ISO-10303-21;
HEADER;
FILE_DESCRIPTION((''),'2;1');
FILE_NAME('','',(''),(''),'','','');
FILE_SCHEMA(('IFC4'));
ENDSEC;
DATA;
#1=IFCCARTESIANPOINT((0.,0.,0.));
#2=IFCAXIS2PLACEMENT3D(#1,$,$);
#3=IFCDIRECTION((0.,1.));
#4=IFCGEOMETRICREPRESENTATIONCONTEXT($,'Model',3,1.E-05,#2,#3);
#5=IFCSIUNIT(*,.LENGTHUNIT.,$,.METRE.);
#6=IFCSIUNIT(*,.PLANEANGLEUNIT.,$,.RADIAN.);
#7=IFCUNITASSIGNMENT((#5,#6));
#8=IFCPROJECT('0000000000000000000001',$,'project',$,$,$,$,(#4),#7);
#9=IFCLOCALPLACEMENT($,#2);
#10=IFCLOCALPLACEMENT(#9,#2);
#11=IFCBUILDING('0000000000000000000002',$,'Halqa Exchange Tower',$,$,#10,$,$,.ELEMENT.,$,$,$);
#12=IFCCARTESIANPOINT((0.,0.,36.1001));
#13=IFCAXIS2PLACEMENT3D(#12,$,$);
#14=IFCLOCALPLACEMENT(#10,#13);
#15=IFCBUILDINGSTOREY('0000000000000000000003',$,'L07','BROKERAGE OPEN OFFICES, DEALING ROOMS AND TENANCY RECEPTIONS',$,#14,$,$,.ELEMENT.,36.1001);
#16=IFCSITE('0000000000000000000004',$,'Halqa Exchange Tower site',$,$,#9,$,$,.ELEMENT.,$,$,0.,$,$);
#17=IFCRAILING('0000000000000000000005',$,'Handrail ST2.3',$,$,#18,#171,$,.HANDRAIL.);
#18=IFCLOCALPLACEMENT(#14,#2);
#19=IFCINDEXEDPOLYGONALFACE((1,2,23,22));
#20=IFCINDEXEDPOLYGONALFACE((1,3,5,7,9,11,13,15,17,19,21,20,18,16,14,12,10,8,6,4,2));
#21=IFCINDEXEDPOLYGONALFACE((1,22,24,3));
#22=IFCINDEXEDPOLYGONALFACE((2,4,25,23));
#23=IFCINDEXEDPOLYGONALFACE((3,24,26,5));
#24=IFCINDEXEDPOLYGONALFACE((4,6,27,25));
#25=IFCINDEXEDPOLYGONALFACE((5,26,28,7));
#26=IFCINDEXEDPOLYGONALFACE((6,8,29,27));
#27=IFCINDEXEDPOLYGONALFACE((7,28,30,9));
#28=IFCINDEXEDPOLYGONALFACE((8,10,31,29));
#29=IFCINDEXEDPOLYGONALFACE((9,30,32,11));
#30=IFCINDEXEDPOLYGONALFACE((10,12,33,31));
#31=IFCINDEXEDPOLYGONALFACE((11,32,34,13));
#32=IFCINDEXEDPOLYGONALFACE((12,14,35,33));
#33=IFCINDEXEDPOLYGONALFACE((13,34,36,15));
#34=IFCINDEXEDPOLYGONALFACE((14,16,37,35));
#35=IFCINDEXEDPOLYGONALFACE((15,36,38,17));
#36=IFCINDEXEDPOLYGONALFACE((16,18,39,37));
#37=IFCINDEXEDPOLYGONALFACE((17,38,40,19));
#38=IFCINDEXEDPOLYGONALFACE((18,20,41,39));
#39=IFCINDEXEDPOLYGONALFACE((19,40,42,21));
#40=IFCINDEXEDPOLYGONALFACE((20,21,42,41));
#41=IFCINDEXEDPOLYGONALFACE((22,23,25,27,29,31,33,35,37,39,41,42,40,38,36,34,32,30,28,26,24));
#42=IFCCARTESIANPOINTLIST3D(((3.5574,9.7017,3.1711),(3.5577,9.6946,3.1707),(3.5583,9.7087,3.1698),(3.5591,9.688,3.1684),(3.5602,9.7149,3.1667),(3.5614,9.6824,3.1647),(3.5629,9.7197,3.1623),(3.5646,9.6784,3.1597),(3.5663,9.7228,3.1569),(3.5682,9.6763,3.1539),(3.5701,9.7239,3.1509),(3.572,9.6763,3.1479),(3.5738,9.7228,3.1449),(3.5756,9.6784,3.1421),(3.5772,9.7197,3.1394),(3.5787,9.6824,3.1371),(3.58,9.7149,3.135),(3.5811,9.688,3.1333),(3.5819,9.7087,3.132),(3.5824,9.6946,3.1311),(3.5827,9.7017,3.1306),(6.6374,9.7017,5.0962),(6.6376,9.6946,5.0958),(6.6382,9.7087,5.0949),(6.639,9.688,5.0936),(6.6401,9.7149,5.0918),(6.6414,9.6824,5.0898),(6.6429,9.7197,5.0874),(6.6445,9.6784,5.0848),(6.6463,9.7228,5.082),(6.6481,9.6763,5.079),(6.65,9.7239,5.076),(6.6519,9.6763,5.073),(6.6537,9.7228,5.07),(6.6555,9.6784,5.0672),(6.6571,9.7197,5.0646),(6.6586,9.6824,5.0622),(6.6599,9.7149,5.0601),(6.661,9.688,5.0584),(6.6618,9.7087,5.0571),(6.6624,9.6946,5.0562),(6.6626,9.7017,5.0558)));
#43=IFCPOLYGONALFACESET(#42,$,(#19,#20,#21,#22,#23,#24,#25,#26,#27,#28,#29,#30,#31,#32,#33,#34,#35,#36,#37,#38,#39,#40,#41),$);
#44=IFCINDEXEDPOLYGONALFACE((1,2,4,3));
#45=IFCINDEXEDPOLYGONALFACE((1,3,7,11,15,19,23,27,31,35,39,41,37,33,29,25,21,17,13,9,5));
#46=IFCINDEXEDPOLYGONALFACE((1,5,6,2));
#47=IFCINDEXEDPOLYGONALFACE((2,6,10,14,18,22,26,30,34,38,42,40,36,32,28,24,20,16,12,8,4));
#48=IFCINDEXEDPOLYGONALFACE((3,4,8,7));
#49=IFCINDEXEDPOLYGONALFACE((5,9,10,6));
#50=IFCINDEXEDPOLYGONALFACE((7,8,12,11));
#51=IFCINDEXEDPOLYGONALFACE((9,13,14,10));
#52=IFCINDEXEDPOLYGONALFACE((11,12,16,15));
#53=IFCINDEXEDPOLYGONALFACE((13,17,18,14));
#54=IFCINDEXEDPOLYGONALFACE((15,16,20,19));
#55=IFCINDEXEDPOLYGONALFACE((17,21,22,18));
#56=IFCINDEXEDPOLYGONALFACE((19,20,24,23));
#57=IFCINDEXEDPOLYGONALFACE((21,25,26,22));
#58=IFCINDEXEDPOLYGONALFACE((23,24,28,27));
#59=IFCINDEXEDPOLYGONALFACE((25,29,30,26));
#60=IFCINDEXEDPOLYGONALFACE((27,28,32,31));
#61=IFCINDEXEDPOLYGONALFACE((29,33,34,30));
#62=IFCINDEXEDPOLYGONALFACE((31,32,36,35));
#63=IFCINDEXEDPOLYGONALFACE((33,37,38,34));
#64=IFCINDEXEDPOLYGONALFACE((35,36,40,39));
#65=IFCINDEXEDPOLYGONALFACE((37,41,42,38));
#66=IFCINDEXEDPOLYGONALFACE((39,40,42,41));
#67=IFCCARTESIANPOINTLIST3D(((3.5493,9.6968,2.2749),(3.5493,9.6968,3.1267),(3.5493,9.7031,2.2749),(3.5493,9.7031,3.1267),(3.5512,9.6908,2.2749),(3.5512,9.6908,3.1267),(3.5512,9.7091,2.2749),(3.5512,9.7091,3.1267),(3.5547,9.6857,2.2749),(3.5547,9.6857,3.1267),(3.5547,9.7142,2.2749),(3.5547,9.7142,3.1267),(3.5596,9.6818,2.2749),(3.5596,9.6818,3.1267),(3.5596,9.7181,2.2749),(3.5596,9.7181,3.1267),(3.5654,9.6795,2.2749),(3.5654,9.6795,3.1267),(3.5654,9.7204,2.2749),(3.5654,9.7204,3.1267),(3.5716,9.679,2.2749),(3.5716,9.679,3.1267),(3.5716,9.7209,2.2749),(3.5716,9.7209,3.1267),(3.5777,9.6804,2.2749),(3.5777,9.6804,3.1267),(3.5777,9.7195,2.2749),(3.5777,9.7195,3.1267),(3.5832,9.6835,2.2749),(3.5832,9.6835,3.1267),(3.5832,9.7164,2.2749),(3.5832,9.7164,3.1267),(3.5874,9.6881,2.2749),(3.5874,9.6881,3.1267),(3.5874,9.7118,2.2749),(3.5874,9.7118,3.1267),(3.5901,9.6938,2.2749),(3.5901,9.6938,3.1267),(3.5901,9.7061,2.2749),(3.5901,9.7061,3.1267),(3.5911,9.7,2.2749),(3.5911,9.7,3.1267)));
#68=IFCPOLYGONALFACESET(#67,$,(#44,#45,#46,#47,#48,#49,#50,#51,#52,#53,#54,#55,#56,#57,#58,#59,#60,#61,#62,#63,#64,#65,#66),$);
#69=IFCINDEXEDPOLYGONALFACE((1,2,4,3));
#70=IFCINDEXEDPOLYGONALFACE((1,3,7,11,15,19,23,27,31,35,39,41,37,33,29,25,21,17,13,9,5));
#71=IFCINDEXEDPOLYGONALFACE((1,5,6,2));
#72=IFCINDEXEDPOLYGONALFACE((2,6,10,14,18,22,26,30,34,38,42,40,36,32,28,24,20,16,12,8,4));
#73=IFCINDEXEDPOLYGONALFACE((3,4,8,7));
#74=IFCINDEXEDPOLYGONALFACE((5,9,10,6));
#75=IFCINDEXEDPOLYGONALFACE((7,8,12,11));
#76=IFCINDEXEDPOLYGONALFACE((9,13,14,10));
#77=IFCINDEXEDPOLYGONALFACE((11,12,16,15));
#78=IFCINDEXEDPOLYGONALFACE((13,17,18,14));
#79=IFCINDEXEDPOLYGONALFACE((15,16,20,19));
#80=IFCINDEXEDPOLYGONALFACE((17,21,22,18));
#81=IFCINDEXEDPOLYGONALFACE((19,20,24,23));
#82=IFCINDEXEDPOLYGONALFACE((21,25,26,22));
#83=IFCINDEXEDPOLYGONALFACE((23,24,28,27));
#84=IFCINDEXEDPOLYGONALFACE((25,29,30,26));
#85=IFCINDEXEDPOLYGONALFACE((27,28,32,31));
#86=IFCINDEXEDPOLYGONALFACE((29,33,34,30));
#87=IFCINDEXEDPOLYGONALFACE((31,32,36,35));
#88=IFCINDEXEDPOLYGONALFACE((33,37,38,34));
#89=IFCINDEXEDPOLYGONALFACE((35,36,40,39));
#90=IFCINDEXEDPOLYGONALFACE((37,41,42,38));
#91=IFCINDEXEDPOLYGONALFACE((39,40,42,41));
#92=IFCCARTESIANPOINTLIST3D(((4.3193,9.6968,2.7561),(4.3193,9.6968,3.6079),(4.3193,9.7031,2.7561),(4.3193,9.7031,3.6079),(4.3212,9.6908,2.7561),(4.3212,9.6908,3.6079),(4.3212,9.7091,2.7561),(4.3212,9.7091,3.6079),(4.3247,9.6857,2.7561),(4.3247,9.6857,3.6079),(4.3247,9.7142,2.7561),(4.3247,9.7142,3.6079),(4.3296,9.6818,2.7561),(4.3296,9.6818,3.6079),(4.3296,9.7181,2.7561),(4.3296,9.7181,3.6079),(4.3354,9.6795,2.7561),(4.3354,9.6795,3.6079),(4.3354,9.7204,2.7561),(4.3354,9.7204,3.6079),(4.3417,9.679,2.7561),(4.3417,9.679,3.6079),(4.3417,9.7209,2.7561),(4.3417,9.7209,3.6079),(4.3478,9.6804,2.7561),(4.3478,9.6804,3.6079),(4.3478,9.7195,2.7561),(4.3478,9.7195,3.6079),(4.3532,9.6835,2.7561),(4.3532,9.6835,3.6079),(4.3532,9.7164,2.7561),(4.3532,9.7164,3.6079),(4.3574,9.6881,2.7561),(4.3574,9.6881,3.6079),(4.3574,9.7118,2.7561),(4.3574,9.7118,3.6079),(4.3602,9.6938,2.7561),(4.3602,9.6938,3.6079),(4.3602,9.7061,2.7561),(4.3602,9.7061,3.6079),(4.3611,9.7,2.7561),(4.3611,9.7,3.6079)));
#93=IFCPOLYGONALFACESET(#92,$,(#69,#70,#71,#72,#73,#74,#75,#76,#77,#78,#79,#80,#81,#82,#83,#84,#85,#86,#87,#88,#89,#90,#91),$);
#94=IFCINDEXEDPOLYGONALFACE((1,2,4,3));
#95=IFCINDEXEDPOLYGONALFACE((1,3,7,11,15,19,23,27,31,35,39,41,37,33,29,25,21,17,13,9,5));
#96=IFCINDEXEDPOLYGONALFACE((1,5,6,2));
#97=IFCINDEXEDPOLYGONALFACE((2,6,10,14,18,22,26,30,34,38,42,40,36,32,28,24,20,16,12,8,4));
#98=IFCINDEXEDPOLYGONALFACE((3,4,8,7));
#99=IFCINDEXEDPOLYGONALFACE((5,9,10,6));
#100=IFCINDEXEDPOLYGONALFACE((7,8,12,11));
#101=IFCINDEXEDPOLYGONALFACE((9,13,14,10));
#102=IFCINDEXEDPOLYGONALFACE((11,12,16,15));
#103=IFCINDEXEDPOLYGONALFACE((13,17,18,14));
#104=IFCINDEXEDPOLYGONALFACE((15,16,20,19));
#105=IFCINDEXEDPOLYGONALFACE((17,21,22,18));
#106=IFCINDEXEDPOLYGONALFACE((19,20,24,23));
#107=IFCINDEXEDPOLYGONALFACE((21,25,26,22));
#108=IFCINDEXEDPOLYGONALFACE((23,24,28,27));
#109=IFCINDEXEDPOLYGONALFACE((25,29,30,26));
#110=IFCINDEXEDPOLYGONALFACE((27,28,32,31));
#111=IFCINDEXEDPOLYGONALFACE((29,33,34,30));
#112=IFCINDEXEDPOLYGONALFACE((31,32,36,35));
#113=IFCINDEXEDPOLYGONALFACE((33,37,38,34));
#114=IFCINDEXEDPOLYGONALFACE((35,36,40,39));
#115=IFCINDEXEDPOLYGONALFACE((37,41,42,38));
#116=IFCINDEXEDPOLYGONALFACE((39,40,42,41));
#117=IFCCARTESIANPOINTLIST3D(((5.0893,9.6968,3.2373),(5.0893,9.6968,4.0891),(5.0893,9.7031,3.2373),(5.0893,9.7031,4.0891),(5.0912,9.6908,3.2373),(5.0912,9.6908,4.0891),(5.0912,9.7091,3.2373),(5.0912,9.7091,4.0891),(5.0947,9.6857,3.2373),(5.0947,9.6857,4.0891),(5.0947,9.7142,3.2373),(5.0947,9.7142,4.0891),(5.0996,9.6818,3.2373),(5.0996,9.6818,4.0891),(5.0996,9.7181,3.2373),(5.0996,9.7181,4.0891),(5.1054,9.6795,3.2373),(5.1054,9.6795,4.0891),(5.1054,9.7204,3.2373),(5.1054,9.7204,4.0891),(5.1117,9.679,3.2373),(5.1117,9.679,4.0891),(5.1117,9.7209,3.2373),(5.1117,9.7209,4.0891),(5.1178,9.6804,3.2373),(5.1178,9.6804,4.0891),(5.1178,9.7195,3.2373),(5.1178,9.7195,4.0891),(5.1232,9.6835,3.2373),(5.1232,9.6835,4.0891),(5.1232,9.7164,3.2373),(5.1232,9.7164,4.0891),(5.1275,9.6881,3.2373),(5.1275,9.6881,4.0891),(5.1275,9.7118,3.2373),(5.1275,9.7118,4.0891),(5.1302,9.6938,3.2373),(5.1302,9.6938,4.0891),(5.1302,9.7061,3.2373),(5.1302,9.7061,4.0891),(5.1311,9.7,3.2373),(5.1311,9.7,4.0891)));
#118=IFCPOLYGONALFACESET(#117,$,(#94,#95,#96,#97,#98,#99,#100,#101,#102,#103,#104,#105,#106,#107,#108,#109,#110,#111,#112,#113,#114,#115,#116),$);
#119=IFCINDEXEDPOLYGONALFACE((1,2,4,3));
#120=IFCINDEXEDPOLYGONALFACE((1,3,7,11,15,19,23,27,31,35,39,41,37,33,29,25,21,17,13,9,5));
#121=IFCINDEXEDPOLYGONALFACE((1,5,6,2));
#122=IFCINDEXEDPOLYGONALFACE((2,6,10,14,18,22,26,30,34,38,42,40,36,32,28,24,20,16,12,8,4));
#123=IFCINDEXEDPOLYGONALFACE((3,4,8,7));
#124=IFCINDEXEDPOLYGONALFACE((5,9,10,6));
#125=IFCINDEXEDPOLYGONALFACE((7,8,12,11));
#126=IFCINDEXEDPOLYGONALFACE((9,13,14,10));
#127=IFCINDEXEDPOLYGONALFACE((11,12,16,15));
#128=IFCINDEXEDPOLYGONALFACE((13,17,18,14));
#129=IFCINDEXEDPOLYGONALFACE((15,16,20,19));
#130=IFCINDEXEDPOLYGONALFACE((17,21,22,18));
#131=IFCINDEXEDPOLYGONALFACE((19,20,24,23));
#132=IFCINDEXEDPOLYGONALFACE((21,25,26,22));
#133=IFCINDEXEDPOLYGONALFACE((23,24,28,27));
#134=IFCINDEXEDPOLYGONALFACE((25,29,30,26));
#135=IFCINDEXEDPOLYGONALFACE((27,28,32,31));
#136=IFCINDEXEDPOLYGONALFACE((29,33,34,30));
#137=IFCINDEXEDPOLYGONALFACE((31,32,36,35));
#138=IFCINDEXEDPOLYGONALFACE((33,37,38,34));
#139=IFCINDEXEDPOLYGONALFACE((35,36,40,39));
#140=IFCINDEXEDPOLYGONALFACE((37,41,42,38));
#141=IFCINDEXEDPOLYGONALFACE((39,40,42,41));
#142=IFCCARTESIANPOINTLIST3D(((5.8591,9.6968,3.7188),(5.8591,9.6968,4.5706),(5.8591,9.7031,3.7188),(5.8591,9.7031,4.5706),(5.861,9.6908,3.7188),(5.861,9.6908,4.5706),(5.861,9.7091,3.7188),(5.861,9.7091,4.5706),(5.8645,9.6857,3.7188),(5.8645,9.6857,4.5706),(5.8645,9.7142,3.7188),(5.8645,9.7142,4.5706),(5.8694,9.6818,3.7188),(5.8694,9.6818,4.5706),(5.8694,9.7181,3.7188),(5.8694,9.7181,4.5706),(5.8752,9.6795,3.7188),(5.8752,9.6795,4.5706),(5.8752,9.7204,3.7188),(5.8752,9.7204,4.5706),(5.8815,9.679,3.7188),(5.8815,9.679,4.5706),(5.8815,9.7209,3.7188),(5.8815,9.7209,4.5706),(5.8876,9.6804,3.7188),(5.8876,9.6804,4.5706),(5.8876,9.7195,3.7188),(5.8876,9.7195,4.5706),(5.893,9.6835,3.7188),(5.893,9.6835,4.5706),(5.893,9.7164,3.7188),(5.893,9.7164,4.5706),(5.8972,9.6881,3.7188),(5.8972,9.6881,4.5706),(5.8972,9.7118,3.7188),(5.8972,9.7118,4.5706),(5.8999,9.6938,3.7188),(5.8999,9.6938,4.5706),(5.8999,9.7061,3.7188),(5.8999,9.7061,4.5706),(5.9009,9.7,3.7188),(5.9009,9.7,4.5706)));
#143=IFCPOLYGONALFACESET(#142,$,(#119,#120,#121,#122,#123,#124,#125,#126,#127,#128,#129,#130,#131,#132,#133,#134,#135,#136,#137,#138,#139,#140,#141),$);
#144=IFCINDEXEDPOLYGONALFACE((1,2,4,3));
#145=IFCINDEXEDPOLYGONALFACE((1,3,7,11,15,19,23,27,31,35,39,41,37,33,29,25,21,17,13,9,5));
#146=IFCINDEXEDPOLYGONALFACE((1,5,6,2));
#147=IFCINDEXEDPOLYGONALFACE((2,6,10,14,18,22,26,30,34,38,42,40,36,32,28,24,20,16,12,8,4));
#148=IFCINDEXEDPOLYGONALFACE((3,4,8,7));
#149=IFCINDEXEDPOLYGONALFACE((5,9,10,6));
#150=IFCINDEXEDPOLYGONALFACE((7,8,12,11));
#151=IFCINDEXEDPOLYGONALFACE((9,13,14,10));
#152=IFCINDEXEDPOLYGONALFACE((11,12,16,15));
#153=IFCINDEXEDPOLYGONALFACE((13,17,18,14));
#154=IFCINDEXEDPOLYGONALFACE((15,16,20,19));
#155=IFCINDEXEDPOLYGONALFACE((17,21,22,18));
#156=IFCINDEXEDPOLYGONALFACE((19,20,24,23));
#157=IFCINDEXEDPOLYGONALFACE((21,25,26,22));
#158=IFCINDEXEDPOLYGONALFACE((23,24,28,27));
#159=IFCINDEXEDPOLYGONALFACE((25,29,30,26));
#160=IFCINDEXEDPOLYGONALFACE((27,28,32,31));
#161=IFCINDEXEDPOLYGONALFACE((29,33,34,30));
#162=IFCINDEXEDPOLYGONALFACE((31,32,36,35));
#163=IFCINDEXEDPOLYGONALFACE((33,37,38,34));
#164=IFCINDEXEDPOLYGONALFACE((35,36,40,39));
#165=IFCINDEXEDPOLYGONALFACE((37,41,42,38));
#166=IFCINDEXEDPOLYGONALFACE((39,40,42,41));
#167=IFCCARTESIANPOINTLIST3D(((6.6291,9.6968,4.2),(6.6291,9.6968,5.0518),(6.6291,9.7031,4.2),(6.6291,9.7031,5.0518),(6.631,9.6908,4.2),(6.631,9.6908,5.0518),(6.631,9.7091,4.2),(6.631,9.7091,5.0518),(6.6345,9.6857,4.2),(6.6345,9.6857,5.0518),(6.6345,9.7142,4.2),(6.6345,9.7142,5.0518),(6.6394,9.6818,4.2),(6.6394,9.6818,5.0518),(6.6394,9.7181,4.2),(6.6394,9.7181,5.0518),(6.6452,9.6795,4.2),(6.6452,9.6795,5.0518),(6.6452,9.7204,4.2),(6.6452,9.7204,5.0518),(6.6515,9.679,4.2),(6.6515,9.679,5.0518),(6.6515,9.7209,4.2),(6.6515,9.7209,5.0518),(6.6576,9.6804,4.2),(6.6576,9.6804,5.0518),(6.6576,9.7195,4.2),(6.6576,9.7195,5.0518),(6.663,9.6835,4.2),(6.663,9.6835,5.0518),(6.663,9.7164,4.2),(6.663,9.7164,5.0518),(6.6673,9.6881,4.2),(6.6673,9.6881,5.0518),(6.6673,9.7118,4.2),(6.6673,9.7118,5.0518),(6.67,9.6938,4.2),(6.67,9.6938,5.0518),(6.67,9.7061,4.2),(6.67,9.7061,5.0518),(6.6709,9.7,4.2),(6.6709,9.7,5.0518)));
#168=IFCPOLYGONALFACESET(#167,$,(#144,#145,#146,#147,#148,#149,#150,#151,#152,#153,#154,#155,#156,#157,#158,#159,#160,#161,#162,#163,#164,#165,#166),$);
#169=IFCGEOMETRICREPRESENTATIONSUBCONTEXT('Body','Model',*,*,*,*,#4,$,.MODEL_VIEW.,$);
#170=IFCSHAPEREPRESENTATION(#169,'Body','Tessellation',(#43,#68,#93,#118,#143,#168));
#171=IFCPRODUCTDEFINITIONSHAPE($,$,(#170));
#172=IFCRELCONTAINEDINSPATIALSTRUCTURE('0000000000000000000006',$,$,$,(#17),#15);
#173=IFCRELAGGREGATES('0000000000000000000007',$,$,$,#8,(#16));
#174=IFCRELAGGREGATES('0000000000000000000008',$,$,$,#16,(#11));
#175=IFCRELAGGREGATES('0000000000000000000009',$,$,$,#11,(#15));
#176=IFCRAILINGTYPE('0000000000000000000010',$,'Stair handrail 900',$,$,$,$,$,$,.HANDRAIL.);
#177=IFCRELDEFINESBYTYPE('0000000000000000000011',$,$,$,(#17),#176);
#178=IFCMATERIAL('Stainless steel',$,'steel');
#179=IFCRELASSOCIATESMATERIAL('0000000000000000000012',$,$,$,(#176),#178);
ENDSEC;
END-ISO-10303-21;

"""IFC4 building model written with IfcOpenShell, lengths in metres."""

from ifc_helpers import new_model, si_unit, direction, frame, origin, origin_2d, place, context, subcontext, project, spatial, circle, extrude, material, type_object, element, save


model = new_model("IFC4")

# Units and contexts
model_context = context("Model", 3, precision=1e-05, world=origin(), true_north=direction((0.0, 1.0)))
body_context = subcontext(model_context, "Body", "Model", "MODEL_VIEW")
ifc_project = project(units=[si_unit("LENGTHUNIT", "METRE"), si_unit("PLANEANGLEUNIT", "RADIAN")], contexts=[model_context])

# Site, building, storey
site_placement = place(None, origin())
site = spatial("IfcSite", under=ifc_project, at=site_placement, Name="Halqa Exchange Tower site", CompositionType="ELEMENT", RefElevation=0.0)
building_placement = place(site_placement, origin())
building = spatial("IfcBuilding", under=site, at=building_placement, Name="Halqa Exchange Tower", CompositionType="ELEMENT")
storey_placement = place(building_placement, frame((0.0, 0.0, 36.1001)))
storey = spatial("IfcBuildingStorey", under=building, at=storey_placement, Name="L07", Description="BROKERAGE OPEN OFFICES, DEALING ROOMS AND TENANCY RECEPTIONS", CompositionType="ELEMENT", Elevation=36.1001)

# Railing
ifc_material_1 = material(Name="Stainless steel", Category="steel")
railing_type_1 = type_object("IfcRailingType", Name="Stair handrail 900", PredefinedType="HANDRAIL", material=ifc_material_1)
railing_1_placement = place(storey_placement, frame((3.5701, 9.7, 2.2749)))
element("IfcRailing", 1, at=railing_1_placement, inside=storey, type_object=railing_type_1, Name="Handrail ST2.3", PredefinedType="HANDRAIL", context=body_context, shape_type="SweptSolid", body=[
    extrude(circle(Radius=0.0239, at=origin_2d()), frame((0.0, 0.0, 0.876), z_axis=(0.847979, 0.0, 0.530029), x_axis=(0.0, 1.0, 0.0)), (0.0, 0.0, 1.0), 3.6321),
    extrude(circle(Radius=0.021, at=origin_2d()), origin(), (0.0, 0.0, 1.0), 0.8518),
    extrude(circle(Radius=0.021, at=origin_2d()), frame((0.77, 0.0, 0.4812)), (0.0, 0.0, 1.0), 0.8518),
    extrude(circle(Radius=0.021, at=origin_2d()), frame((1.54, 0.0, 0.9624)), (0.0, 0.0, 1.0), 0.8518),
    extrude(circle(Radius=0.021, at=origin_2d()), frame((2.3098, 0.0, 1.4438)), (0.0, 0.0, 1.0), 0.8518),
    extrude(circle(Radius=0.021, at=origin_2d()), frame((3.0798, 0.0, 1.925)), (0.0, 0.0, 1.0), 0.8518),
])

save(model, "model.ifc")
